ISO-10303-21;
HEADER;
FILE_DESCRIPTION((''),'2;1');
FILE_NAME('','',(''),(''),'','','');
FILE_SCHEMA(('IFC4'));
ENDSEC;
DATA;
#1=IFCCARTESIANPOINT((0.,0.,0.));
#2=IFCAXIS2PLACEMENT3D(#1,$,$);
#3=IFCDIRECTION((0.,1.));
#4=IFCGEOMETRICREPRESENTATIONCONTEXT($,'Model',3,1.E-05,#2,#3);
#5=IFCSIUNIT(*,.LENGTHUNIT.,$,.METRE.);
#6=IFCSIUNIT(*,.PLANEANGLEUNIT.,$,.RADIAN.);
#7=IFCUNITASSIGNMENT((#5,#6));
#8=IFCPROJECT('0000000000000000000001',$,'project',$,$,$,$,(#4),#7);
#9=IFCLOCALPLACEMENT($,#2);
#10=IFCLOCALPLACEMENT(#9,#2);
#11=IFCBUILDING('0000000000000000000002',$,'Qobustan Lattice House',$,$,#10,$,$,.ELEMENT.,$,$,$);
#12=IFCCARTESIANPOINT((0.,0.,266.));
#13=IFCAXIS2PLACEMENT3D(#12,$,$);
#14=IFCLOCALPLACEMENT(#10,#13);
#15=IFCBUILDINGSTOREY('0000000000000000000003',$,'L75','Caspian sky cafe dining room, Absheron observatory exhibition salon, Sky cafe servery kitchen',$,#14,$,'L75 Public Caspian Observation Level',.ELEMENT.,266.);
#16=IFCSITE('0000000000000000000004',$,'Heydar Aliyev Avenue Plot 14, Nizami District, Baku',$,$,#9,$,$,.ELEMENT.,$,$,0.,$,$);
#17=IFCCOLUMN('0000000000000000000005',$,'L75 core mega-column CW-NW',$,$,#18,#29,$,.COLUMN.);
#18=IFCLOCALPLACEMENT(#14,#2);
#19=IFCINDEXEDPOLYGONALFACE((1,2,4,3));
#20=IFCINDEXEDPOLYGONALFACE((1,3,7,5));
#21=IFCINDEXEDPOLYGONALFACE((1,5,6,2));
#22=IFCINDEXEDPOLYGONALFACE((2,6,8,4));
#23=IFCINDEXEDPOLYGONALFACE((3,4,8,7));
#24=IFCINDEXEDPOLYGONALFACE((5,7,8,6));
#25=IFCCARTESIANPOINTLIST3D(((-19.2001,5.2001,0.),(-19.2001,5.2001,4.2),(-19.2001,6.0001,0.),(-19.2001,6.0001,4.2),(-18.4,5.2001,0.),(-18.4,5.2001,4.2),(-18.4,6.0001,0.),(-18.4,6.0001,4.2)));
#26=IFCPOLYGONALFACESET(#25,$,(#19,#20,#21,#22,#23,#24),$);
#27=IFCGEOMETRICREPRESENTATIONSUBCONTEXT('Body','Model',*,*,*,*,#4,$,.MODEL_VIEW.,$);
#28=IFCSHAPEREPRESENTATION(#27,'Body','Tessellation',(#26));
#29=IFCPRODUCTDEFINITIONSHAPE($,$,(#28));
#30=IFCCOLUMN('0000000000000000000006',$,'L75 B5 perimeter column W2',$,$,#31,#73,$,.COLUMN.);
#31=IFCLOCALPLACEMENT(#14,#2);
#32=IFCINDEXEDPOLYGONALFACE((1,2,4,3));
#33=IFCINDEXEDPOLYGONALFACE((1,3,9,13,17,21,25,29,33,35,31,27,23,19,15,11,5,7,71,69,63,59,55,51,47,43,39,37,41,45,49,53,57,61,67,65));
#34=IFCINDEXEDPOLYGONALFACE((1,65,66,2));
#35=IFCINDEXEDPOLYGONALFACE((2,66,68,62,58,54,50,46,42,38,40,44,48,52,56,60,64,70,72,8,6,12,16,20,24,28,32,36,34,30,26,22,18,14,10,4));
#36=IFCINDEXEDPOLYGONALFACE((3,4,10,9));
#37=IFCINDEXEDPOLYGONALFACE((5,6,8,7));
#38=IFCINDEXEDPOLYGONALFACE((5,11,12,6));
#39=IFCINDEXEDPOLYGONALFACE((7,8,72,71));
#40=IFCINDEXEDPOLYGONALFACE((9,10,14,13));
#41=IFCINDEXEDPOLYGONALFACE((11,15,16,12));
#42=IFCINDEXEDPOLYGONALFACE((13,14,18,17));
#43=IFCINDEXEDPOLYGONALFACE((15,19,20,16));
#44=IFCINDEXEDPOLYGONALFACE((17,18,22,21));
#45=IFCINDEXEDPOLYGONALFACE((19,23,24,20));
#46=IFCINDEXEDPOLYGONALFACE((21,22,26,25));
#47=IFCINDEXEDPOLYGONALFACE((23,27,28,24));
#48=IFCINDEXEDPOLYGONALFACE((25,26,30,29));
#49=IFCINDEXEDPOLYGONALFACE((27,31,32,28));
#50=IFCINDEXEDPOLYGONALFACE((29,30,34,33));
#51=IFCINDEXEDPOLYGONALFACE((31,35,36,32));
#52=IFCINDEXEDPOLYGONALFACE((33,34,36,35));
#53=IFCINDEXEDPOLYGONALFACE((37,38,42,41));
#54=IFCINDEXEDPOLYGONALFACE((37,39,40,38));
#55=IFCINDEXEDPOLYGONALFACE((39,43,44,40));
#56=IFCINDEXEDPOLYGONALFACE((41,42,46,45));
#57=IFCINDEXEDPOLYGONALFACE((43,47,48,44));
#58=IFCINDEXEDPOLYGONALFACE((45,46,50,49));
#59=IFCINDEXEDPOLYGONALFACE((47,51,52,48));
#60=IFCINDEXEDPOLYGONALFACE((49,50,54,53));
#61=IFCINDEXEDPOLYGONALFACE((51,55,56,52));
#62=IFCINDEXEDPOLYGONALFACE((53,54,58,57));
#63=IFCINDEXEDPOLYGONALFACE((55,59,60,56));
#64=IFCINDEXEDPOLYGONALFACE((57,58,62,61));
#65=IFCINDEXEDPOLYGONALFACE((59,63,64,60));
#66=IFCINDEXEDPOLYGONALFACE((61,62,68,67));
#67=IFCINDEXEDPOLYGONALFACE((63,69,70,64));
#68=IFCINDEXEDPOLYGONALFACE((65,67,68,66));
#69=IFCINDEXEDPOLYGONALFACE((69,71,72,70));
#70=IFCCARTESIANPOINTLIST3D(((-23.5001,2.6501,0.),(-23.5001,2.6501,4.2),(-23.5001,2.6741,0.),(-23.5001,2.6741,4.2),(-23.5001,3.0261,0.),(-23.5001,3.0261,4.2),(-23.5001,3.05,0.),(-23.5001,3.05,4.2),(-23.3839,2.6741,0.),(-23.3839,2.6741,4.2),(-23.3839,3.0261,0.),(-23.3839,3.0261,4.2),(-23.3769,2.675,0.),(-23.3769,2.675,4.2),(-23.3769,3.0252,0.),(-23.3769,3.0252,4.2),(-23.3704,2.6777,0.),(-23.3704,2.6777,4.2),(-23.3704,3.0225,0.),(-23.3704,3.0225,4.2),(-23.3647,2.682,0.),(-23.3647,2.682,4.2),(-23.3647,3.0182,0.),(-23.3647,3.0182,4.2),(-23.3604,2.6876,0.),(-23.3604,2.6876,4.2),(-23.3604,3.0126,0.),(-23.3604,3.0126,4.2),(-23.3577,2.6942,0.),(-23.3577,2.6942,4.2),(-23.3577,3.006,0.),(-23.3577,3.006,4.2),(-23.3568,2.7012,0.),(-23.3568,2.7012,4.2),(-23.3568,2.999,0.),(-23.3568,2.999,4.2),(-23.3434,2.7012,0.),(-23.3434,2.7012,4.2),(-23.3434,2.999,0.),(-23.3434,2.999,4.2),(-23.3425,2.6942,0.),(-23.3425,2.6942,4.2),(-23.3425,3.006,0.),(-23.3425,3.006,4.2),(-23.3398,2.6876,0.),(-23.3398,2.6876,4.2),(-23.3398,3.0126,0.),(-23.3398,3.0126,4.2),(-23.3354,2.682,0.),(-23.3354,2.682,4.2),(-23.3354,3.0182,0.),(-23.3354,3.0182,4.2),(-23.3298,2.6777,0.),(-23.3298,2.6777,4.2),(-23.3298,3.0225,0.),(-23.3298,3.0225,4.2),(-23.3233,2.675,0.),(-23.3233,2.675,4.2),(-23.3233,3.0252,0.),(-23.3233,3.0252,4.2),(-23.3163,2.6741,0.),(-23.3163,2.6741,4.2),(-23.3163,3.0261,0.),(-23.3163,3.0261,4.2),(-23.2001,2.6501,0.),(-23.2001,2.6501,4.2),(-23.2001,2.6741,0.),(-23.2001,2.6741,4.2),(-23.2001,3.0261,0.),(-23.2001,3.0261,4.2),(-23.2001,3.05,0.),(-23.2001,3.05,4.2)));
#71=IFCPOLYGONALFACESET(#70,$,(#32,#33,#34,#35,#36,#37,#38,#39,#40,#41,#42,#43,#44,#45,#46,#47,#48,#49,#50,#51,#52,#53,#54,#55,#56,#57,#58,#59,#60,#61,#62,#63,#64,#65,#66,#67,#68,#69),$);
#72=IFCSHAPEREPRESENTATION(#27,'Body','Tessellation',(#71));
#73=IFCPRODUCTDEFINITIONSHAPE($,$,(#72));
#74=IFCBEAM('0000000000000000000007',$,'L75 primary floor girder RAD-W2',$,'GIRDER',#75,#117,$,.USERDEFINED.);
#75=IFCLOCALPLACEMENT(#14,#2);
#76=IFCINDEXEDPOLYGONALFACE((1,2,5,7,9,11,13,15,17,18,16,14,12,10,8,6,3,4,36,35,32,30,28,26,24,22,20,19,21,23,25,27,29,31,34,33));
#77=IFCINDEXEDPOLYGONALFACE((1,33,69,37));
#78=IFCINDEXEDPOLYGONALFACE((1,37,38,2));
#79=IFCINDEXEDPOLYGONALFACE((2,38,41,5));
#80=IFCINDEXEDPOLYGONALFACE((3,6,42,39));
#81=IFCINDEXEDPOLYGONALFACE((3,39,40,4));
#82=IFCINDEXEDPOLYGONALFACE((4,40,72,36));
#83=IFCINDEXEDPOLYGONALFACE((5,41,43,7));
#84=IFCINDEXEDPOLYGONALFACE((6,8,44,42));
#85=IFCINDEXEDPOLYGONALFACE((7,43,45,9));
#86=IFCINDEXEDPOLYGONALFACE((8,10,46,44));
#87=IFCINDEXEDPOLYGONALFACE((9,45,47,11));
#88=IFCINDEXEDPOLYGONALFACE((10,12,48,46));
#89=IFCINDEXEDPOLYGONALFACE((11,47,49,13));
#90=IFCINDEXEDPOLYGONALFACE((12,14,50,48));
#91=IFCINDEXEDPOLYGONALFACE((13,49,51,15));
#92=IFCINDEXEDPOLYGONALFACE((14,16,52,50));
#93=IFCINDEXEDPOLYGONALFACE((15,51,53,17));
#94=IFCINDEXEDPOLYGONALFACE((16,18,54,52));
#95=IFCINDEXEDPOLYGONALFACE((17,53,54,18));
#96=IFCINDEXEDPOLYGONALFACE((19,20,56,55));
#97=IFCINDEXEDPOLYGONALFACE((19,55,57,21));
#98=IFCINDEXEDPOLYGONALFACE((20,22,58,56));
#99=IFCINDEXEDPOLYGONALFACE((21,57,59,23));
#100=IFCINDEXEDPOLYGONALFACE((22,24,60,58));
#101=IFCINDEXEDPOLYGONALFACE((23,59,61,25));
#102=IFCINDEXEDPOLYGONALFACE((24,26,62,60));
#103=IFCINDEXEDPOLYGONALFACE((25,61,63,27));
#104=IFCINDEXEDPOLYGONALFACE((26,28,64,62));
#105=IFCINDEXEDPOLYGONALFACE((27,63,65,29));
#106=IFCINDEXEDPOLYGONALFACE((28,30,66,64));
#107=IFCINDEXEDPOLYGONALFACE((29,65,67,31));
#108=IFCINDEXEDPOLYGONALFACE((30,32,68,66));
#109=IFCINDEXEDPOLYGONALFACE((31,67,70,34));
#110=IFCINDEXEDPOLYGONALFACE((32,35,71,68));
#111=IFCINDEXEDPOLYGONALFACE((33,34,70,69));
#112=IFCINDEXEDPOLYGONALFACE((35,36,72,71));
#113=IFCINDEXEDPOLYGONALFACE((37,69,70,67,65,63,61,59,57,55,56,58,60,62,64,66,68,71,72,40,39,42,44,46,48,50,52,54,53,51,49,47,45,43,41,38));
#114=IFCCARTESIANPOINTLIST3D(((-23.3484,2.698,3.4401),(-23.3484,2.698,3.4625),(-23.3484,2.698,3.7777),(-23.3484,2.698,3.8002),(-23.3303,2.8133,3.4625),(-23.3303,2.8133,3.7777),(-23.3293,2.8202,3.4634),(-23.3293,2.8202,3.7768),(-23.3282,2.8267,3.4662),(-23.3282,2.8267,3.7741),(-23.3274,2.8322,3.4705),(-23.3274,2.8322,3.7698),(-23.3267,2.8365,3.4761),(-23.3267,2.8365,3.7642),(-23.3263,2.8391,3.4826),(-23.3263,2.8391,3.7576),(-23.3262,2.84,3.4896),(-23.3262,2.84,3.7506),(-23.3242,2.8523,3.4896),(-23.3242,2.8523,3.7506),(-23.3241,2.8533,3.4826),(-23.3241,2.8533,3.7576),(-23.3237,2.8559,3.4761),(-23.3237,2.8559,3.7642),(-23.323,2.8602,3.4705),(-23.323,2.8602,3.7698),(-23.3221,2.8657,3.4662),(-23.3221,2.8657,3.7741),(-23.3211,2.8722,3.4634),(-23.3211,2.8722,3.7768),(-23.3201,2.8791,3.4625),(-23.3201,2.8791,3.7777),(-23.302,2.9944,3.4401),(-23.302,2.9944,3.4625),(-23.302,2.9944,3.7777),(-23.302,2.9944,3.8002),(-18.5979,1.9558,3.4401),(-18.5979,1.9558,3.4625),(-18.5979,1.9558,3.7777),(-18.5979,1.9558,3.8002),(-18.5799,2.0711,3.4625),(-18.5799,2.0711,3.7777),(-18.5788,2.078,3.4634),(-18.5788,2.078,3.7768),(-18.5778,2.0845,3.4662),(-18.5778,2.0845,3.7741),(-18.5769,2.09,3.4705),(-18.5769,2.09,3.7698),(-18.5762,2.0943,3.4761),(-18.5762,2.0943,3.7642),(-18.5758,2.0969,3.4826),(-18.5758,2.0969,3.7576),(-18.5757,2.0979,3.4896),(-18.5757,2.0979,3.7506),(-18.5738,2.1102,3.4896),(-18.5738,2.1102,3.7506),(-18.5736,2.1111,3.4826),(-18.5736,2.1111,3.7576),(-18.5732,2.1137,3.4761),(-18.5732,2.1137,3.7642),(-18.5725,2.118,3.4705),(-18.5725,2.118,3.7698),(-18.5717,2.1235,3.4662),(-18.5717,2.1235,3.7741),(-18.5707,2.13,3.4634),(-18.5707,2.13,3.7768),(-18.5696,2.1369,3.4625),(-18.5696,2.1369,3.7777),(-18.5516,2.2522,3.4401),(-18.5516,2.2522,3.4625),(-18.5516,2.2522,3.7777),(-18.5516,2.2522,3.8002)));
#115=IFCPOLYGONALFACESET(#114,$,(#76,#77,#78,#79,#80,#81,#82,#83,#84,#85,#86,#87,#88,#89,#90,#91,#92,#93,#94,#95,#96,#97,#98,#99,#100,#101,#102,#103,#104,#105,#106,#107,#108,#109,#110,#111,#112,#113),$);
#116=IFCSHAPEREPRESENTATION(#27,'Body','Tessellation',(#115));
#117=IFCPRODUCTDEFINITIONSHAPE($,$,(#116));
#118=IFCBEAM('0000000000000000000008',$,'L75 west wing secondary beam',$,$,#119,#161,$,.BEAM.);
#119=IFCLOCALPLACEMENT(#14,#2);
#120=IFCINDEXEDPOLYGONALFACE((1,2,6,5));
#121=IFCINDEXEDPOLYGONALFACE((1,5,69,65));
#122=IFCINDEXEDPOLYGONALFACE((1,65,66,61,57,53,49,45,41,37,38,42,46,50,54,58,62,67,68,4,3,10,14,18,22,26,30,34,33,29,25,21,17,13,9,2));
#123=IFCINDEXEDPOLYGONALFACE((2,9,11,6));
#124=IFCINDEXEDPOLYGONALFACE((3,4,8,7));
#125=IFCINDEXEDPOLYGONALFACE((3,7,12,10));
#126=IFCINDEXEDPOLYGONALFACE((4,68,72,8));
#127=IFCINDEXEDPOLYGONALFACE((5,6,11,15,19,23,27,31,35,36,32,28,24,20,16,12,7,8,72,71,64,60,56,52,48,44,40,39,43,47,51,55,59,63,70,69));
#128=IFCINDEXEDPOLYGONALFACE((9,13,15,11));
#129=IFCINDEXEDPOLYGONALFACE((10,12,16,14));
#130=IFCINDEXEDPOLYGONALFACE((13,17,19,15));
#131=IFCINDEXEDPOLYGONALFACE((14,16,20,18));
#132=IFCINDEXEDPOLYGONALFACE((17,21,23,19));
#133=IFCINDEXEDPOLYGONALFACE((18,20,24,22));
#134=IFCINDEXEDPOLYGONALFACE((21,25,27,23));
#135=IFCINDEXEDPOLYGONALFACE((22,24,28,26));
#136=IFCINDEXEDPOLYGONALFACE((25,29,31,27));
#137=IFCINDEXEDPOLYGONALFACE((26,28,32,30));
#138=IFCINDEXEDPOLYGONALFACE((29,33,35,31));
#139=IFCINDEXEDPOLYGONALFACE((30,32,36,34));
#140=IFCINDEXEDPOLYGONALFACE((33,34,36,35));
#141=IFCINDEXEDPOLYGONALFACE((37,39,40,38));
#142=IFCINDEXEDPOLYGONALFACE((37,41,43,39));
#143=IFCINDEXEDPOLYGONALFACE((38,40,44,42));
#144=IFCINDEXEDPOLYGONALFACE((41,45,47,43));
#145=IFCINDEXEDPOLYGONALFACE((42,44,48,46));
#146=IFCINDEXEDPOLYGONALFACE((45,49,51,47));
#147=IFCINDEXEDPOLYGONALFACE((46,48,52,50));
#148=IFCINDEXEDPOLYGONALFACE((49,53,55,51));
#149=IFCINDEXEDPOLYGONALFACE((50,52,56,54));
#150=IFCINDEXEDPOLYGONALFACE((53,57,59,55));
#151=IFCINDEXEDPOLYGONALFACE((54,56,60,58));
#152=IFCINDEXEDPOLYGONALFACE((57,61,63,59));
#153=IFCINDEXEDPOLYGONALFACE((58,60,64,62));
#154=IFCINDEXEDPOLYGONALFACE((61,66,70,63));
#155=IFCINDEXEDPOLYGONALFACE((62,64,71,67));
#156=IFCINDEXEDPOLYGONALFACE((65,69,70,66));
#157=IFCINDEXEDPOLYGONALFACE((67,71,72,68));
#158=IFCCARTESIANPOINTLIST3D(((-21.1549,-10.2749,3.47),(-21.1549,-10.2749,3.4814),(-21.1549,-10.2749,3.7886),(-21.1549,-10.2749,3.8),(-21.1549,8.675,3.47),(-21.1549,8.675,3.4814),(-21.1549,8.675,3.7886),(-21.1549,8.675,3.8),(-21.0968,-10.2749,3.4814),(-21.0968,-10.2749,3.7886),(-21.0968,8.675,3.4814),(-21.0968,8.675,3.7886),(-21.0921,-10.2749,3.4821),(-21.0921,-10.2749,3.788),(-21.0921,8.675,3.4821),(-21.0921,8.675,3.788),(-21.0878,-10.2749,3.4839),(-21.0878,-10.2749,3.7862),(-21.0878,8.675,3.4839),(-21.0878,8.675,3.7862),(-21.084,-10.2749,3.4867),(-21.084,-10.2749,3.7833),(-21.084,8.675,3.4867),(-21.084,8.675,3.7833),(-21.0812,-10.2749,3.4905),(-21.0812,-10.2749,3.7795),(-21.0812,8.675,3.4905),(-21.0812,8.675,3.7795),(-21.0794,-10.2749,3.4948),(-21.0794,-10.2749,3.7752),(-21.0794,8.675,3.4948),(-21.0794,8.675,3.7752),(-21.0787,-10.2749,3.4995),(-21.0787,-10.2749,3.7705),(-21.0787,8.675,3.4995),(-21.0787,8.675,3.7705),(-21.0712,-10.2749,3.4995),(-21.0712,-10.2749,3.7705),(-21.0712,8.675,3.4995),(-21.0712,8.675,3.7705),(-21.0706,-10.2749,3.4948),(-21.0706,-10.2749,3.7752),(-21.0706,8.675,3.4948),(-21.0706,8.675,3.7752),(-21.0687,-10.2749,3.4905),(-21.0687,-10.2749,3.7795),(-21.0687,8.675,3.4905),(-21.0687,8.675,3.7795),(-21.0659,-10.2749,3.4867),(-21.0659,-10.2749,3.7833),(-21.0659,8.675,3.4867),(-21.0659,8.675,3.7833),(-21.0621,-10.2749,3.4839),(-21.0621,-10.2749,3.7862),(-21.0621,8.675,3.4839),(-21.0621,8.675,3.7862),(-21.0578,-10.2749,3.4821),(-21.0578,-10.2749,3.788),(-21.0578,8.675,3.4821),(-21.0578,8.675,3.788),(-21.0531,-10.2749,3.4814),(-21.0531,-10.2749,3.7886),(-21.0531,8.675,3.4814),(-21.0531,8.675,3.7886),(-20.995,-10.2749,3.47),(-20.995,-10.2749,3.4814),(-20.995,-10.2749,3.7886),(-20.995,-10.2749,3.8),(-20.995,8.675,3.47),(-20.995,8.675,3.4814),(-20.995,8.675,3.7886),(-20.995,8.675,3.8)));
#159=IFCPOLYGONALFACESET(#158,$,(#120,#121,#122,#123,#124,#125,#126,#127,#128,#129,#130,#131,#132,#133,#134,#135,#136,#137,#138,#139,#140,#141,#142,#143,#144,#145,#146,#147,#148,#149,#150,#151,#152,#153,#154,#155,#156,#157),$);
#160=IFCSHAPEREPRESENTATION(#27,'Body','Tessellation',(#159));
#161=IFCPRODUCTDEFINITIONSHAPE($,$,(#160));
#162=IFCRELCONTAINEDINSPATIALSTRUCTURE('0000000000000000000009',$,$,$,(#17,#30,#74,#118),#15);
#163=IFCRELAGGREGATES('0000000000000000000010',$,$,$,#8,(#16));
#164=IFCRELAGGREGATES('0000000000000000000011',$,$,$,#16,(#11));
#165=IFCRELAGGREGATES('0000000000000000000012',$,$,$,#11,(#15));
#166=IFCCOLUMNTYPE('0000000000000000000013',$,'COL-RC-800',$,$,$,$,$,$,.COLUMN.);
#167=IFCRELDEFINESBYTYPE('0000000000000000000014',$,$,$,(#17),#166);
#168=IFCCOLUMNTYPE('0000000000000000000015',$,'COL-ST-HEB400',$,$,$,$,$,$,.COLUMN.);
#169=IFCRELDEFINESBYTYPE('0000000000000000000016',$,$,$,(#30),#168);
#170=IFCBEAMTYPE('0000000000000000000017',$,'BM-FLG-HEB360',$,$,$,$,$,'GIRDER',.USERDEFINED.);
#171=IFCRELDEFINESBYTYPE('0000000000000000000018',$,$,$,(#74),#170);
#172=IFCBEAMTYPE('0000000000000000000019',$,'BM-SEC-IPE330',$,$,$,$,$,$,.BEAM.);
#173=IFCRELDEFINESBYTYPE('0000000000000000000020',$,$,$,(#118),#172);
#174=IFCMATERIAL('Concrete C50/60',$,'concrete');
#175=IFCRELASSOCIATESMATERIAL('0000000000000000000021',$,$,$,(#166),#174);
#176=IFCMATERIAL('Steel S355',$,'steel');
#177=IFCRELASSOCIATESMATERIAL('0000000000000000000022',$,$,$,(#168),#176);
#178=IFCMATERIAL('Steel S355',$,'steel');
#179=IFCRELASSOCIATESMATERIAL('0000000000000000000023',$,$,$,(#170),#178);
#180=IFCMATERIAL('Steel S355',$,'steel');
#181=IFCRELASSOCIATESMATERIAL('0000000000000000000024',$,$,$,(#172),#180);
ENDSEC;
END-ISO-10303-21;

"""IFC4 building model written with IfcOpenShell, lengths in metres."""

from ifc_helpers import new_model, si_unit, direction, frame, origin, origin_2d, place, context, subcontext, project, spatial, rectangle, i_section, extrude, material, material_profile, profile_set, type_object, element, save


model = new_model("IFC4")

# Units and contexts
model_context = context("Model", 3, precision=1e-05, world=origin(), true_north=direction((0.0, 1.0)))
body_context = subcontext(model_context, "Body", "Model", "MODEL_VIEW")
ifc_project = project(units=[si_unit("LENGTHUNIT", "METRE"), si_unit("PLANEANGLEUNIT", "RADIAN")], contexts=[model_context])

# Site, building, storey
site_placement = place(None, origin())
site = spatial("IfcSite", under=ifc_project, at=site_placement, Name="Heydar Aliyev Avenue Plot 14, Nizami District, Baku", CompositionType="ELEMENT", RefElevation=0.0)
building_placement = place(site_placement, origin())
building = spatial("IfcBuilding", under=site, at=building_placement, Name="Qobustan Lattice House", CompositionType="ELEMENT")
storey_placement = place(building_placement, frame((0.0, 0.0, 266.0)))
storey = spatial("IfcBuildingStorey", under=building, at=storey_placement, Name="L75", Description="Caspian sky cafe dining room, Absheron observatory exhibition salon, Sky cafe servery kitchen", LongName="L75 Public Caspian Observation Level", CompositionType="ELEMENT", Elevation=266.0)

# Columns
ifc_material_1 = material(Name="Concrete C50/60", Category="concrete")
ifc_material_profile_1 = material_profile(ifc_material_1, rectangle(XDim=0.8, YDim=0.8, at=origin_2d()), Name="RC800x800")
ifc_profile_set_1 = profile_set([ifc_material_profile_1], Name="Concrete C50/60")
column_type_1 = type_object("IfcColumnType", Name="COL-RC-800", PredefinedType="COLUMN", material=ifc_profile_set_1)
column_1_placement = place(storey_placement, frame((-18.8, 5.6001, 0.0), z_axis=(0.0, 0.0, 1.0), x_axis=(1.0, 0.0, 0.0)))
element("IfcColumn", 1, at=column_1_placement, inside=storey, type_object=column_type_1, Name="L75 core mega-column CW-NW", PredefinedType="COLUMN", context=body_context, shape_type="SweptSolid", body=[
    extrude(rectangle(XDim=0.8, YDim=0.8, at=origin_2d()), origin(), (0.0, 0.0, 1.0), 4.2),
])
ifc_material_2 = material(Name="Steel S355", Category="steel")
ifc_material_profile_2 = material_profile(ifc_material_2, i_section(OverallWidth=0.3, OverallDepth=0.3999, WebThickness=0.0134, FlangeThickness=0.0239, FilletRadius=0.0271, at=origin_2d()), Name="HEB400")
ifc_profile_set_2 = profile_set([ifc_material_profile_2], Name="Steel S355")
column_type_2 = type_object("IfcColumnType", Name="COL-ST-HEB400", PredefinedType="COLUMN", material=ifc_profile_set_2)
column_2_placement = place(storey_placement, frame((-23.3501, 2.8501, 0.0), z_axis=(0.0, 0.0, 1.0), x_axis=(1.0, 0.0, 0.0)))
element("IfcColumn", 2, at=column_2_placement, inside=storey, type_object=column_type_2, Name="L75 B5 perimeter column W2", PredefinedType="COLUMN", context=body_context, shape_type="SweptSolid", body=[
    extrude(i_section(OverallWidth=0.3, OverallDepth=0.3999, WebThickness=0.0134, FlangeThickness=0.0239, FilletRadius=0.0271, at=origin_2d()), origin(), (0.0, 0.0, 1.0), 4.2),
])

# Beams
ifc_material_3 = material(Name="Steel S355", Category="steel")
ifc_material_profile_3 = material_profile(ifc_material_3, i_section(OverallWidth=0.3, OverallDepth=0.3601, WebThickness=0.0125, FlangeThickness=0.0225, FilletRadius=0.0271, at=origin_2d()), Name="HEB360")
ifc_profile_set_3 = profile_set([ifc_material_profile_3], Name="Steel S355")
beam_type_1 = type_object("IfcBeamType", Name="BM-FLG-HEB360", ElementType="GIRDER", PredefinedType="USERDEFINED", material=ifc_profile_set_3)
beam_1_placement = place(storey_placement, frame((-23.3252, 2.8462, 3.6201), z_axis=(0.988014, -0.154361, 0.0), x_axis=(0.154361, 0.988014, 0.0)))
element("IfcBeam", 3, at=beam_1_placement, inside=storey, type_object=beam_type_1, Name="L75 primary floor girder RAD-W2", ObjectType="GIRDER", PredefinedType="USERDEFINED", context=body_context, shape_type="SweptSolid", body=[
    extrude(i_section(OverallWidth=0.3, OverallDepth=0.3601, WebThickness=0.0125, FlangeThickness=0.0225, FilletRadius=0.0271, at=origin_2d()), origin(), (0.0, 0.0, 1.0), 4.8081),
])
ifc_material_4 = material(Name="Steel S355", Category="steel")
ifc_material_profile_4 = material_profile(ifc_material_4, i_section(OverallWidth=0.1599, OverallDepth=0.3301, WebThickness=0.0076, FlangeThickness=0.0115, FilletRadius=0.0181, at=origin_2d()), Name="IPE330")
ifc_profile_set_4 = profile_set([ifc_material_profile_4], Name="Steel S355")
beam_type_2 = type_object("IfcBeamType", Name="BM-SEC-IPE330", PredefinedType="BEAM", material=ifc_profile_set_4)
beam_2_placement = place(storey_placement, frame((-21.075, 8.675, 3.635), z_axis=(0.0, -1.0, 0.0), x_axis=(1.0, 0.0, 0.0)))
element("IfcBeam", 4, at=beam_2_placement, inside=storey, type_object=beam_type_2, Name="L75 west wing secondary beam", PredefinedType="BEAM", context=body_context, shape_type="SweptSolid", body=[
    extrude(i_section(OverallWidth=0.1599, OverallDepth=0.3301, WebThickness=0.0076, FlangeThickness=0.0115, FilletRadius=0.0181, at=origin_2d()), origin(), (0.0, 0.0, 1.0), 18.95),
])

save(model, "model.ifc")
